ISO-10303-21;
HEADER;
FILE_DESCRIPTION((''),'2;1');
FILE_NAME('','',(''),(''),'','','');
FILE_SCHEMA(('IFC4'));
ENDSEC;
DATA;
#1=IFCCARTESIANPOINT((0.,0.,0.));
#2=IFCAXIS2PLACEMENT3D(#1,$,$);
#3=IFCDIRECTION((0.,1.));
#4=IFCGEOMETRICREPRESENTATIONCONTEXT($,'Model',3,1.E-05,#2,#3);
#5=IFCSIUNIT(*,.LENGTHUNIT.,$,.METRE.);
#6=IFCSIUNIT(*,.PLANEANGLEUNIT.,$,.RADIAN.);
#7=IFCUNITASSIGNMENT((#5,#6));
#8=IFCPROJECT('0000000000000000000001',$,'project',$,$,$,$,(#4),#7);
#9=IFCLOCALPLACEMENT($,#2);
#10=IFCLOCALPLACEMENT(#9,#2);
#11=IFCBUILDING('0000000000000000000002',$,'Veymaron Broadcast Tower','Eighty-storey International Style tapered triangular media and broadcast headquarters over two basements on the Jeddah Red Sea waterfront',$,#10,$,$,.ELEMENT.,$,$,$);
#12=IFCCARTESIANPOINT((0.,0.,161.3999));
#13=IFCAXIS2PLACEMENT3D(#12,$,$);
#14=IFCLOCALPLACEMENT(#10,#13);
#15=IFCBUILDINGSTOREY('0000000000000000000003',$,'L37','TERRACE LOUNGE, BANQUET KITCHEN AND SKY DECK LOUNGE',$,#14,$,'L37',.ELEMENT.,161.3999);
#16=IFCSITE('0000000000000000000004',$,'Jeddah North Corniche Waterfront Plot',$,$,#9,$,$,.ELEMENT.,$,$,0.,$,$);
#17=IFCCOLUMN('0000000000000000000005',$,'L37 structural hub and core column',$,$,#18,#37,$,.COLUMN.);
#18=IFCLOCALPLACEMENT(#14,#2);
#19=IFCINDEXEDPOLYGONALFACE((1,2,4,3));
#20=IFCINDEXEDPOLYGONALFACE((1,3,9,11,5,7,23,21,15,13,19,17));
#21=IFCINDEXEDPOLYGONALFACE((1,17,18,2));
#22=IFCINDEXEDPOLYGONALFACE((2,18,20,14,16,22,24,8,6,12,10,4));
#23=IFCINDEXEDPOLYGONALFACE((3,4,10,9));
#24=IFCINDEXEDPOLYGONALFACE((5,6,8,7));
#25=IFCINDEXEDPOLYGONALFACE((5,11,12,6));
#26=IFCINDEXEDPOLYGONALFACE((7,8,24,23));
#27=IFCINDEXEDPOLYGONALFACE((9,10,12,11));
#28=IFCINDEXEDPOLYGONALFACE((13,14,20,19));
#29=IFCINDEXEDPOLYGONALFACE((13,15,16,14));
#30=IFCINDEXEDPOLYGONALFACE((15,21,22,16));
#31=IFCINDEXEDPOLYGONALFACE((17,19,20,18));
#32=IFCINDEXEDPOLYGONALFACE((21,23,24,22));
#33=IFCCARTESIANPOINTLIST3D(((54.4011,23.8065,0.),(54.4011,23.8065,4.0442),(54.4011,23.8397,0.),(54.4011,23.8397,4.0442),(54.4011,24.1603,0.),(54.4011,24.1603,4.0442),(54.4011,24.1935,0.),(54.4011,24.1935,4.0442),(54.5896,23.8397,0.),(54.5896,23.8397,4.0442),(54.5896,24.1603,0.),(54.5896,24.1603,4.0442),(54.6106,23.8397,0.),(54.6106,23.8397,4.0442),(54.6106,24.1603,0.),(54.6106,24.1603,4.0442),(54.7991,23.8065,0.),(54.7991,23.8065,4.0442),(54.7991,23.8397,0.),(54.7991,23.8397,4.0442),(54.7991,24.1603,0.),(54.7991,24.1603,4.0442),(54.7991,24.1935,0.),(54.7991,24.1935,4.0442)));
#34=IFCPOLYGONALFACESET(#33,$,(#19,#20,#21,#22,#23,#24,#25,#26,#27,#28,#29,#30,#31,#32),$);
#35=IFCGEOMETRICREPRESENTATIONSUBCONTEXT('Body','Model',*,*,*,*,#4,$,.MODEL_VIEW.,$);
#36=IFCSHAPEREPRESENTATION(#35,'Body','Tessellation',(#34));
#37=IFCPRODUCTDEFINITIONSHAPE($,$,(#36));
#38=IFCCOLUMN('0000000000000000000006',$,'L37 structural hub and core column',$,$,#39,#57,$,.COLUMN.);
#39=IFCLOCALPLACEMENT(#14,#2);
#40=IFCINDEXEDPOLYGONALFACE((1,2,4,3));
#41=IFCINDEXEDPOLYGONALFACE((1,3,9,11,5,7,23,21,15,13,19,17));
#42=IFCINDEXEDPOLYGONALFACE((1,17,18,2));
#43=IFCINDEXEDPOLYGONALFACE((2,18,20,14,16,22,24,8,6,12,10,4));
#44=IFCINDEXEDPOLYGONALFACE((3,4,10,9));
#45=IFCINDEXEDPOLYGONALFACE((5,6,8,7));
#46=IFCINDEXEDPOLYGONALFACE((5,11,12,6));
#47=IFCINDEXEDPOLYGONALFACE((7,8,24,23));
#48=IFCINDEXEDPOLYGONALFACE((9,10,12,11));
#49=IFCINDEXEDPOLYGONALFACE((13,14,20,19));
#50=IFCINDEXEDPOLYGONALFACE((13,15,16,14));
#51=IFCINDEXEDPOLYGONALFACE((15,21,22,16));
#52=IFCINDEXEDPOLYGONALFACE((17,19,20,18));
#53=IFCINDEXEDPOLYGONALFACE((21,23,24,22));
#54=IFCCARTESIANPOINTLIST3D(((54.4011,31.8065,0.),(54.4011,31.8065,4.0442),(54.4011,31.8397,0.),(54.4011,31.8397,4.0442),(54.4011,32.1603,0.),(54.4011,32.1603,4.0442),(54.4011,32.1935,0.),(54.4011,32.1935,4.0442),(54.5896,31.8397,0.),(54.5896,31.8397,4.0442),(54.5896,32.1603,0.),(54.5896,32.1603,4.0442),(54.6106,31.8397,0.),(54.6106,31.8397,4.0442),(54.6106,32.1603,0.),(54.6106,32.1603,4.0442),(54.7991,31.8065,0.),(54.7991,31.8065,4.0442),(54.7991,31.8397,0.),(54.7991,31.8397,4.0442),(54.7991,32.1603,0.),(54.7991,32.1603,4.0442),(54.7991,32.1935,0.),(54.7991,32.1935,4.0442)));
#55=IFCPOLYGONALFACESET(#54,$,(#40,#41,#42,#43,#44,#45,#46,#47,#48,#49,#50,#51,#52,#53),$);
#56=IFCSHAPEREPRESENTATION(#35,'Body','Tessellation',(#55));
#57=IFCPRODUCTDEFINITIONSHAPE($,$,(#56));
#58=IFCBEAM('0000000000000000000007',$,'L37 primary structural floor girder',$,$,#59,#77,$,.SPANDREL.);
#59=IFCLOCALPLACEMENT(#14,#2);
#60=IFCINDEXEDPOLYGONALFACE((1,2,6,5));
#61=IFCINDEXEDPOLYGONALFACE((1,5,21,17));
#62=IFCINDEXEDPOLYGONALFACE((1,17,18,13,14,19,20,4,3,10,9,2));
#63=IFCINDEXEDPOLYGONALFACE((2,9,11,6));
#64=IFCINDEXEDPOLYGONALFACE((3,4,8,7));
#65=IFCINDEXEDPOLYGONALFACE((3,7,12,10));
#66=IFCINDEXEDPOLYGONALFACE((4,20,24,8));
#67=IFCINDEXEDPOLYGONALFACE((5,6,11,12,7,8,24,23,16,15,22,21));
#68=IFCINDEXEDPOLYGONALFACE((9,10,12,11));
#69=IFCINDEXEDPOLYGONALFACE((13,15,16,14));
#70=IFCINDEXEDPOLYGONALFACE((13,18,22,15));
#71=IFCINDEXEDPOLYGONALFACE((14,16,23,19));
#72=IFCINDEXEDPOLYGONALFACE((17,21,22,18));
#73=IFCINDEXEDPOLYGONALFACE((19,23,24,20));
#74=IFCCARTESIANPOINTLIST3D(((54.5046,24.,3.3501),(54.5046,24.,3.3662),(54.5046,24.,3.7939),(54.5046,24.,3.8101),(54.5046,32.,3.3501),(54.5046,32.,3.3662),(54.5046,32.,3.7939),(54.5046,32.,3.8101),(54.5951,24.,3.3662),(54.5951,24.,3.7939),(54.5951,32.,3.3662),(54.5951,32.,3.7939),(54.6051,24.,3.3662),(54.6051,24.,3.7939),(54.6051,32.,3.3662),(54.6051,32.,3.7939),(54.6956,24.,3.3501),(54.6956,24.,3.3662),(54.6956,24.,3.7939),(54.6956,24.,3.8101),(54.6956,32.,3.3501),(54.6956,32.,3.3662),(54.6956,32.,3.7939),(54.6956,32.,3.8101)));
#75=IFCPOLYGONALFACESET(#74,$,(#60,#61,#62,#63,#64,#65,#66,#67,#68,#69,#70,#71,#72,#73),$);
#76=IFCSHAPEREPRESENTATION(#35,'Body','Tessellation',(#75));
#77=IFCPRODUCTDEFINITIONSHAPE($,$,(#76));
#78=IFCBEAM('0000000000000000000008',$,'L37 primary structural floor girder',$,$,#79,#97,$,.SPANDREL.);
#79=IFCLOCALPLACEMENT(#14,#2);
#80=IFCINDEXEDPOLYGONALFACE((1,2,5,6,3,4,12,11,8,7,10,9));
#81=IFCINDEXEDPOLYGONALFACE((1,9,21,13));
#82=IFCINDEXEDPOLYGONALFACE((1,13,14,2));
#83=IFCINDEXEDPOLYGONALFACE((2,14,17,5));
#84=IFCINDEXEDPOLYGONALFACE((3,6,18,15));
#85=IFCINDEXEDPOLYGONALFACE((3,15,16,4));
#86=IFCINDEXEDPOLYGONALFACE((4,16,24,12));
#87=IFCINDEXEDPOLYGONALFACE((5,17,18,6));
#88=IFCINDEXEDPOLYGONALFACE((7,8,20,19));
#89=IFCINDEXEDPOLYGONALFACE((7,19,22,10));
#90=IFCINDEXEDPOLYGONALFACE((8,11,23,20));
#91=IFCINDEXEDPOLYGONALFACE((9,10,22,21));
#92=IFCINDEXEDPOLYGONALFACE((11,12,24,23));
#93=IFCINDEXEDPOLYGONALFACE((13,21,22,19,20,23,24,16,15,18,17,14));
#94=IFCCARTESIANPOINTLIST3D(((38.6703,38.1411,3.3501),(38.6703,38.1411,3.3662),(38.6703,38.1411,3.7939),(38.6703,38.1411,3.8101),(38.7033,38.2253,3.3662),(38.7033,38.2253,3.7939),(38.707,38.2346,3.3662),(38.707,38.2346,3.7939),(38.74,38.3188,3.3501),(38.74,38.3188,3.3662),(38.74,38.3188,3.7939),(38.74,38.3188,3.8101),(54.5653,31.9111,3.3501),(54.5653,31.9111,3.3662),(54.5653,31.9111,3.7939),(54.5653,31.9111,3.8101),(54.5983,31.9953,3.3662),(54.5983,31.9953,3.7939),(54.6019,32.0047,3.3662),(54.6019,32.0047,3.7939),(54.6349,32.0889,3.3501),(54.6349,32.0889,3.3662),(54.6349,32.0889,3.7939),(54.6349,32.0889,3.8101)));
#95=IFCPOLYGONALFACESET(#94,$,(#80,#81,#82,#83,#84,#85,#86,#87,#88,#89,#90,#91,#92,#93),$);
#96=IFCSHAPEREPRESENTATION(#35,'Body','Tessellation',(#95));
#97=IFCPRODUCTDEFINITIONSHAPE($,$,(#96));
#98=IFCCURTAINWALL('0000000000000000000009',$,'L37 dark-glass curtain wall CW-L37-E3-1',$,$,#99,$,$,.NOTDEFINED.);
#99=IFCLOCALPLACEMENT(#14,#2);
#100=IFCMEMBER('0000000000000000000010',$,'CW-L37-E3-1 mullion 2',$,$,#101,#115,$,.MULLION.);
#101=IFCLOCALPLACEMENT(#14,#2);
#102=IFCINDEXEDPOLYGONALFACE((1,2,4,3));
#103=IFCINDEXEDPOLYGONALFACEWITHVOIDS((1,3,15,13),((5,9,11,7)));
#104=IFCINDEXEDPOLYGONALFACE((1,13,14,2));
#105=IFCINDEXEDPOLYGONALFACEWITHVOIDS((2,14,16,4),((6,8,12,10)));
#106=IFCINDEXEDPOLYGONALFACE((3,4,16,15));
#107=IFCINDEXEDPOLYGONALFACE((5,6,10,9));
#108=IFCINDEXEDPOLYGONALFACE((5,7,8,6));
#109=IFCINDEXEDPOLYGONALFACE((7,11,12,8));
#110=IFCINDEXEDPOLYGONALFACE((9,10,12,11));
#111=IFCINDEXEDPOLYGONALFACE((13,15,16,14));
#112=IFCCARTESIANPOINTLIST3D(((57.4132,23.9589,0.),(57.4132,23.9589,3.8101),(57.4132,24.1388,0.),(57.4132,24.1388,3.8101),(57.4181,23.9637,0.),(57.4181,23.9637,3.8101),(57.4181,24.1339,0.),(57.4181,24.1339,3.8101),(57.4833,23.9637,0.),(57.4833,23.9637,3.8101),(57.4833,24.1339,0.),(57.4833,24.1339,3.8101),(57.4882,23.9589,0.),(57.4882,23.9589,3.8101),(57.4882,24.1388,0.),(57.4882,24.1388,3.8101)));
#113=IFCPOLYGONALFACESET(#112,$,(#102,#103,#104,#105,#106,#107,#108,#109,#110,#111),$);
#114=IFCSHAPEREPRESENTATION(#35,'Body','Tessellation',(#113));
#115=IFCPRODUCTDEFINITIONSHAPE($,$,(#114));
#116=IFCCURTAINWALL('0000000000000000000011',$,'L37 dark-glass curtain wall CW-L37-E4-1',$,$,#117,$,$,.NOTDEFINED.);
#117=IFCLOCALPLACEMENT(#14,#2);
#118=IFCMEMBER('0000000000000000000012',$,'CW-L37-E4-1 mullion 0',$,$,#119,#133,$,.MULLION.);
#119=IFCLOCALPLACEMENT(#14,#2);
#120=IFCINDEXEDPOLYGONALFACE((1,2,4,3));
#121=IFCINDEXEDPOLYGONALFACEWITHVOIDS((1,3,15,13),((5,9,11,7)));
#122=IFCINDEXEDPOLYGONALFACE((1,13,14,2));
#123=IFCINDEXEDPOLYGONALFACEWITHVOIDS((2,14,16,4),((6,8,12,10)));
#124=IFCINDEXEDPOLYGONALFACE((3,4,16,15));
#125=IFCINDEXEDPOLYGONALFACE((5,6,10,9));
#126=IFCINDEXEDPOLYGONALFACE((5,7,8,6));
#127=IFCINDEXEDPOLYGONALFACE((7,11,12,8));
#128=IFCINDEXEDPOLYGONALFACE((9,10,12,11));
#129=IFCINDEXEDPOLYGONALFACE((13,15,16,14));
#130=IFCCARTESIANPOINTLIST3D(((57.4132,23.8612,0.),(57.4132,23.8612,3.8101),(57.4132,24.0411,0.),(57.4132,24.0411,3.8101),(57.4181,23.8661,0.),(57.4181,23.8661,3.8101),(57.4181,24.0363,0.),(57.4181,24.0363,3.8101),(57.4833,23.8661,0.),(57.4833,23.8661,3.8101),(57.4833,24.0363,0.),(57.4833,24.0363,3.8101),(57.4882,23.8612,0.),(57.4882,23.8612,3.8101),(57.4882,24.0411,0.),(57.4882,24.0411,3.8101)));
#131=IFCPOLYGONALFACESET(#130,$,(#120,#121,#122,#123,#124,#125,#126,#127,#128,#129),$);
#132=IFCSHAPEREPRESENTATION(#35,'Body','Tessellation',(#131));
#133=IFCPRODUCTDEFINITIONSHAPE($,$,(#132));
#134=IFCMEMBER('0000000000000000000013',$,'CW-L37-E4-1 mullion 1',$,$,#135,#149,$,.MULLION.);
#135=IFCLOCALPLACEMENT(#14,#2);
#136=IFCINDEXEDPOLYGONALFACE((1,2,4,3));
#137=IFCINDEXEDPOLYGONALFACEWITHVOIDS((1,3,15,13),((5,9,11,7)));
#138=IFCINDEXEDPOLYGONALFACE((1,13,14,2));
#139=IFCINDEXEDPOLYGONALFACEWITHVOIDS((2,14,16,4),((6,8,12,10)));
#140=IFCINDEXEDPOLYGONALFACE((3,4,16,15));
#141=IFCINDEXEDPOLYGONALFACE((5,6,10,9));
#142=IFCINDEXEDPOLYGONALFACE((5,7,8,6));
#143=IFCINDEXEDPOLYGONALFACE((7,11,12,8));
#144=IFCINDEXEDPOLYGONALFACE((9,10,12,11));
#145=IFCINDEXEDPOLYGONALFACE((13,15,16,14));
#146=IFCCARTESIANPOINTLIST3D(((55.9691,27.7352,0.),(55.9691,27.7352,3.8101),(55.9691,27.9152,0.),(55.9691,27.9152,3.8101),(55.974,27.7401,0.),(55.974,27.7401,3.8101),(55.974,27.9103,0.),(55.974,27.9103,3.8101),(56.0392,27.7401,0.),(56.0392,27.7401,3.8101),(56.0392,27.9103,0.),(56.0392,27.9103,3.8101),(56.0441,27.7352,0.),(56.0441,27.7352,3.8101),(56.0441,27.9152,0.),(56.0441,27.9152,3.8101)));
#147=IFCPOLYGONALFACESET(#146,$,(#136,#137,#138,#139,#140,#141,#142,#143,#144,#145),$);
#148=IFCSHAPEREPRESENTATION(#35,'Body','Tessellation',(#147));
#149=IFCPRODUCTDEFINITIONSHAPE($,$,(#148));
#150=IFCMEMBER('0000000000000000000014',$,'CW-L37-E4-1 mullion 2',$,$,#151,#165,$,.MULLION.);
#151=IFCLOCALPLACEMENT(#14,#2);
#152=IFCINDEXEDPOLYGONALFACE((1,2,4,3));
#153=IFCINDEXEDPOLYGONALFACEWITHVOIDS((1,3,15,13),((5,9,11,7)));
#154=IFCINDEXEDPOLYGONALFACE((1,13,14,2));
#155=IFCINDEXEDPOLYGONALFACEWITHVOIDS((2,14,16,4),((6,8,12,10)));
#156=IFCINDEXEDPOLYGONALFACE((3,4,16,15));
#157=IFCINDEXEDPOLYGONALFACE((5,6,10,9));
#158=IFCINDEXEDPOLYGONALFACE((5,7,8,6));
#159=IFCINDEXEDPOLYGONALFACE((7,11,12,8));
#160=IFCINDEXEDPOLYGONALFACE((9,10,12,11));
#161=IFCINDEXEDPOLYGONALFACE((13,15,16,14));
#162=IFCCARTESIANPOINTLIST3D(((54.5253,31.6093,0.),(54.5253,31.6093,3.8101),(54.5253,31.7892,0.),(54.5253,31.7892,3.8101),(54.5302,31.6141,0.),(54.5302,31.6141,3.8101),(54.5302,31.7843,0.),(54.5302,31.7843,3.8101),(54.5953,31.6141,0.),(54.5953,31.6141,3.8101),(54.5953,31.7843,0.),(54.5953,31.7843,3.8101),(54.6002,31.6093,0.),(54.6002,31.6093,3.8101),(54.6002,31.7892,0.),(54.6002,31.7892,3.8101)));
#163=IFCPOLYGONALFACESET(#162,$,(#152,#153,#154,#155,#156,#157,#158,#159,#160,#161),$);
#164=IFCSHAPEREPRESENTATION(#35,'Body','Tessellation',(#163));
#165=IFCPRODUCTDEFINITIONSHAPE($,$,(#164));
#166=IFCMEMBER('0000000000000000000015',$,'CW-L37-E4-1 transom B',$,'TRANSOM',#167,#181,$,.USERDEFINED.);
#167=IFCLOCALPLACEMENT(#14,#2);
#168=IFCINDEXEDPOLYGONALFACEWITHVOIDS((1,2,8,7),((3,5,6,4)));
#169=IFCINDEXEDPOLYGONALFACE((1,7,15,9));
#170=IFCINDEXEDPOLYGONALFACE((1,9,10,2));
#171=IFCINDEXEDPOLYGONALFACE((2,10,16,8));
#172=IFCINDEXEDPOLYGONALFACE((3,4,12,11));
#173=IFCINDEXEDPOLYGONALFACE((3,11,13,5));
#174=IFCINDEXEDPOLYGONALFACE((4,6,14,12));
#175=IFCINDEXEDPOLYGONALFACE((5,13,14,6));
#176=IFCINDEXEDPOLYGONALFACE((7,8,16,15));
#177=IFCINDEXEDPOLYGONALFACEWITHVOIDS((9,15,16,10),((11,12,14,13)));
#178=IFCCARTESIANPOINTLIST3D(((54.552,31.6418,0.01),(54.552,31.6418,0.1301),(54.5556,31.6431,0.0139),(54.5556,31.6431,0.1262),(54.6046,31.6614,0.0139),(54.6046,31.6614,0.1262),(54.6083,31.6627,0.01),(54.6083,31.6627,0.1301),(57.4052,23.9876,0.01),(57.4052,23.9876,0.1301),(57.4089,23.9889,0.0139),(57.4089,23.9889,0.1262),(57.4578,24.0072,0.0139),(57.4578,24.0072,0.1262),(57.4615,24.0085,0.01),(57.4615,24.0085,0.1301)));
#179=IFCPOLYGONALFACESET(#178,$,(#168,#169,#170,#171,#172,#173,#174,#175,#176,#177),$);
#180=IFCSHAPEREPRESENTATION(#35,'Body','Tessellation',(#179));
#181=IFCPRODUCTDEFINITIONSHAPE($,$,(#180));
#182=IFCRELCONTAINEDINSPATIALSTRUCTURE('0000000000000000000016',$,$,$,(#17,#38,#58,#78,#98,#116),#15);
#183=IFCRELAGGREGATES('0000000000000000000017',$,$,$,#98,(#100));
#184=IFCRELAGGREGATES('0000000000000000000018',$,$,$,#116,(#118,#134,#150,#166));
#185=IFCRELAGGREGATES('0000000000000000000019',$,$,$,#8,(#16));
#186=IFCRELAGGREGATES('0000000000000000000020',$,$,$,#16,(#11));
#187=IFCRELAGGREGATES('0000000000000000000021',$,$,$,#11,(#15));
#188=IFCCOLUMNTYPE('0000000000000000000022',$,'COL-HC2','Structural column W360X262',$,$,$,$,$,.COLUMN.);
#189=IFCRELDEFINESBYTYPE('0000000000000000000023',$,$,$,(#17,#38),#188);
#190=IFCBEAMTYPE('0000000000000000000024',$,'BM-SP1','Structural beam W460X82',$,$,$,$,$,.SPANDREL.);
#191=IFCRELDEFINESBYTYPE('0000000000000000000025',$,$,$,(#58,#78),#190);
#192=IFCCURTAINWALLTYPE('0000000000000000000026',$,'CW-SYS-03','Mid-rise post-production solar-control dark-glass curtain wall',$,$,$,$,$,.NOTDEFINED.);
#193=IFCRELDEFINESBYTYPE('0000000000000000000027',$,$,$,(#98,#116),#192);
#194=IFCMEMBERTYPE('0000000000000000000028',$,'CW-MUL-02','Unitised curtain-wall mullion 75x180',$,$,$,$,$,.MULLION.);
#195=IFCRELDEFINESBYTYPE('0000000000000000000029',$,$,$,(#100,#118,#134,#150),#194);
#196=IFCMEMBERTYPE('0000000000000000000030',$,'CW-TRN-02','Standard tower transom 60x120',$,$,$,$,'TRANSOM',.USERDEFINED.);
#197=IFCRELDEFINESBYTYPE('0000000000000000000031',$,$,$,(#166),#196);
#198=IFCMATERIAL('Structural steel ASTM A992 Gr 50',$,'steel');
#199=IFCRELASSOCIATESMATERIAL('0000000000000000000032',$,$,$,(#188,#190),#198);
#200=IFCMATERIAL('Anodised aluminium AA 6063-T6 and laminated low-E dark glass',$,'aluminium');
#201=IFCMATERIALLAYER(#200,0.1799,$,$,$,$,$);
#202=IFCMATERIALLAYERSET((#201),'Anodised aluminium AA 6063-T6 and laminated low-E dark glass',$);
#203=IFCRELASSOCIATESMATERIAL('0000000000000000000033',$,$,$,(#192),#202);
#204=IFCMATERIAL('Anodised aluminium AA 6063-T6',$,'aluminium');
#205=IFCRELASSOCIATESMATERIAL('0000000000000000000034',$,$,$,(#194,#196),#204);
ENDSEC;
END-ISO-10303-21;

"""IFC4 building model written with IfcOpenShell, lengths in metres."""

from ifc_helpers import new_model, si_unit, direction, frame, origin, origin_2d, place, context, subcontext, project, spatial, hollow_rectangle, i_section, extrude, material, layer, layer_set, material_profile, profile_set, type_object, element, aggregate, save


model = new_model("IFC4")

# Units and contexts
model_context = context("Model", 3, precision=1e-05, world=origin(), true_north=direction((0.0, 1.0)))
body_context = subcontext(model_context, "Body", "Model", "MODEL_VIEW")
ifc_project = project(units=[si_unit("LENGTHUNIT", "METRE"), si_unit("PLANEANGLEUNIT", "RADIAN")], contexts=[model_context])

# Site, building, storey
site_placement = place(None, origin())
site = spatial("IfcSite", under=ifc_project, at=site_placement, Name="Jeddah North Corniche Waterfront Plot", CompositionType="ELEMENT", RefElevation=0.0)
building_placement = place(site_placement, origin())
building = spatial("IfcBuilding", under=site, at=building_placement, Name="Veymaron Broadcast Tower", Description="Eighty-storey International Style tapered triangular media and broadcast headquarters over two basements on the Jeddah Red Sea waterfront", CompositionType="ELEMENT")
storey_placement = place(building_placement, frame((0.0, 0.0, 161.3999)))
storey = spatial("IfcBuildingStorey", under=building, at=storey_placement, Name="L37", Description="TERRACE LOUNGE, BANQUET KITCHEN AND SKY DECK LOUNGE", LongName="L37", CompositionType="ELEMENT", Elevation=161.3999)

# Columns
ifc_material_1 = material(Name="Structural steel ASTM A992 Gr 50", Category="steel")
ifc_material_profile_1 = material_profile(ifc_material_1, i_section(OverallWidth=0.3979, OverallDepth=0.387, WebThickness=0.021, FlangeThickness=0.0332, at=origin_2d()), Name="W360X262")
ifc_profile_set_1 = profile_set([ifc_material_profile_1], Name="Structural steel ASTM A992 Gr 50")
column_type = type_object("IfcColumnType", Name="COL-HC2", Description="Structural column W360X262", PredefinedType="COLUMN", material=ifc_profile_set_1)
for number, where, z_axis, x_axis, name in (
    (1, (54.6001, 24.0, 0.0), (0.0, 0.0, 1.0), (1.0, 0.0, 0.0), "L37 structural hub and core column"),
    (2, (54.6001, 32.0, 0.0), (0.0, 0.0, 1.0), (1.0, 0.0, 0.0), "L37 structural hub and core column"),
):
    element("IfcColumn", number, at=place(storey_placement, frame(where, z_axis=z_axis, x_axis=x_axis)), inside=storey, type_object=column_type, Name=name, PredefinedType="COLUMN", context=body_context, shape_type="SweptSolid", body=[
        extrude(i_section(OverallWidth=0.3979, OverallDepth=0.387, WebThickness=0.021, FlangeThickness=0.0332, at=origin_2d()), origin(), (0.0, 0.0, 1.0), 4.0442),
    ])

# Beams
ifc_material_profile_2 = material_profile(ifc_material_1, i_section(OverallWidth=0.1909, OverallDepth=0.46, WebThickness=0.01, FlangeThickness=0.0161, at=origin_2d()), Name="W460X82")
ifc_profile_set_2 = profile_set([ifc_material_profile_2], Name="Structural steel ASTM A992 Gr 50")
beam_type = type_object("IfcBeamType", Name="BM-SP1", Description="Structural beam W460X82", PredefinedType="SPANDREL", material=ifc_profile_set_2)
beam_1_placement = place(storey_placement, frame((54.6001, 24.0, 3.5801), z_axis=(0.0, 1.0, 0.0), x_axis=(-1.0, 0.0, 0.0)))
element("IfcBeam", 3, at=beam_1_placement, inside=storey, type_object=beam_type, Name="L37 primary structural floor girder", PredefinedType="SPANDREL", context=body_context, shape_type="SweptSolid", body=[
    extrude(i_section(OverallWidth=0.1909, OverallDepth=0.46, WebThickness=0.01, FlangeThickness=0.0161, at=origin_2d()), origin(), (0.0, 0.0, 1.0), 8.0),
])
beam_2_placement = place(storey_placement, frame((54.6001, 32.0, 3.5801), z_axis=(-0.93104, 0.364917, 0.0), x_axis=(-0.364917, -0.93104, 0.0)))
element("IfcBeam", 4, at=beam_2_placement, inside=storey, type_object=beam_type, Name="L37 primary structural floor girder", PredefinedType="SPANDREL", context=body_context, shape_type="SweptSolid", body=[
    extrude(i_section(OverallWidth=0.1909, OverallDepth=0.46, WebThickness=0.01, FlangeThickness=0.0161, at=origin_2d()), origin(), (0.0, 0.0, 1.0), 17.0723),
])

# Curtain wall, member
ifc_material_2 = material(Name="Anodised aluminium AA 6063-T6 and laminated low-E dark glass", Category="aluminium")
ifc_layer_1 = layer(ifc_material_2, 0.1799)
ifc_layer_set_1 = layer_set([ifc_layer_1], Name="Anodised aluminium AA 6063-T6 and laminated low-E dark glass")
curtain_wall_type = type_object("IfcCurtainWallType", Name="CW-SYS-03", Description="Mid-rise post-production solar-control dark-glass curtain wall", PredefinedType="NOTDEFINED", material=ifc_layer_set_1)
curtain_wall_1_placement = place(storey_placement, origin())
curtain_wall_1 = element("IfcCurtainWall", 5, at=curtain_wall_1_placement, inside=storey, type_object=curtain_wall_type, Name="L37 dark-glass curtain wall CW-L37-E3-1", PredefinedType="NOTDEFINED")
ifc_material_3 = material(Name="Anodised aluminium AA 6063-T6", Category="aluminium")
ifc_material_profile_3 = material_profile(ifc_material_3, hollow_rectangle(XDim=0.075, YDim=0.1799, WallThickness=0.0049, at=origin_2d()), Name="AL180X75X5")
ifc_profile_set_3 = profile_set([ifc_material_profile_3], Name="Anodised aluminium AA 6063-T6")
member_type_1 = type_object("IfcMemberType", Name="CW-MUL-02", Description="Unitised curtain-wall mullion 75x180", PredefinedType="MULLION", material=ifc_profile_set_3)
member_1_placement = place(storey_placement, frame((57.4507, 24.0488, 0.0), z_axis=(0.0, 0.0, 1.0), x_axis=(1.0, 0.0, 0.0)))
member_1 = element("IfcMember", 6, at=member_1_placement, type_object=member_type_1, Name="CW-L37-E3-1 mullion 2", PredefinedType="MULLION", context=body_context, shape_type="SweptSolid", body=[
    extrude(hollow_rectangle(XDim=0.075, YDim=0.1799, WallThickness=0.0049, at=origin_2d()), origin(), (0.0, 0.0, 1.0), 3.8101),
])
aggregate(curtain_wall_1, [member_1])

# Curtain wall, members
curtain_wall_2_placement = place(storey_placement, origin())
curtain_wall_2 = element("IfcCurtainWall", 7, at=curtain_wall_2_placement, inside=storey, type_object=curtain_wall_type, Name="L37 dark-glass curtain wall CW-L37-E4-1", PredefinedType="NOTDEFINED")
member_2_placement = place(storey_placement, frame((57.4507, 23.9512, 0.0), z_axis=(0.0, 0.0, 1.0), x_axis=(1.0, 0.0, 0.0)))
member_2 = element("IfcMember", 8, at=member_2_placement, type_object=member_type_1, Name="CW-L37-E4-1 mullion 0", PredefinedType="MULLION", context=body_context, shape_type="SweptSolid", body=[
    extrude(hollow_rectangle(XDim=0.075, YDim=0.1799, WallThickness=0.0049, at=origin_2d()), origin(), (0.0, 0.0, 1.0), 3.8101),
])
member_3_placement = place(storey_placement, frame((56.0066, 27.8252, 0.0), z_axis=(0.0, 0.0, 1.0), x_axis=(1.0, 0.0, 0.0)))
member_3 = element("IfcMember", 9, at=member_3_placement, type_object=member_type_1, Name="CW-L37-E4-1 mullion 1", PredefinedType="MULLION", context=body_context, shape_type="SweptSolid", body=[
    extrude(hollow_rectangle(XDim=0.075, YDim=0.1799, WallThickness=0.0049, at=origin_2d()), origin(), (0.0, 0.0, 1.0), 3.8101),
])
member_4_placement = place(storey_placement, frame((54.5627, 31.6992, 0.0), z_axis=(0.0, 0.0, 1.0), x_axis=(1.0, 0.0, 0.0)))
member_4 = element("IfcMember", 10, at=member_4_placement, type_object=member_type_1, Name="CW-L37-E4-1 mullion 2", PredefinedType="MULLION", context=body_context, shape_type="SweptSolid", body=[
    extrude(hollow_rectangle(XDim=0.075, YDim=0.1799, WallThickness=0.0049, at=origin_2d()), origin(), (0.0, 0.0, 1.0), 3.8101),
])
ifc_material_profile_4 = material_profile(ifc_material_3, hollow_rectangle(XDim=0.0601, YDim=0.1201, WallThickness=0.0039, at=origin_2d()), Name="AL120X60X4")
ifc_profile_set_4 = profile_set([ifc_material_profile_4], Name="Anodised aluminium AA 6063-T6")
member_type_2 = type_object("IfcMemberType", Name="CW-TRN-02", Description="Standard tower transom 60x120", ElementType="TRANSOM", PredefinedType="USERDEFINED", material=ifc_profile_set_4)
member_5_placement = place(storey_placement, frame((57.4333, 23.998, 0.0701), z_axis=(-0.349289, 0.937015, 0.0), x_axis=(-0.937015, -0.349289, 0.0)))
member_5 = element("IfcMember", 11, at=member_5_placement, type_object=member_type_2, Name="CW-L37-E4-1 transom B", ObjectType="TRANSOM", PredefinedType="USERDEFINED", context=body_context, shape_type="SweptSolid", body=[
    extrude(hollow_rectangle(XDim=0.0601, YDim=0.1201, WallThickness=0.0039, at=origin_2d()), origin(), (0.0, 0.0, 1.0), 8.1687),
])
aggregate(curtain_wall_2, [member_2, member_3, member_4, member_5])

save(model, "model.ifc")
